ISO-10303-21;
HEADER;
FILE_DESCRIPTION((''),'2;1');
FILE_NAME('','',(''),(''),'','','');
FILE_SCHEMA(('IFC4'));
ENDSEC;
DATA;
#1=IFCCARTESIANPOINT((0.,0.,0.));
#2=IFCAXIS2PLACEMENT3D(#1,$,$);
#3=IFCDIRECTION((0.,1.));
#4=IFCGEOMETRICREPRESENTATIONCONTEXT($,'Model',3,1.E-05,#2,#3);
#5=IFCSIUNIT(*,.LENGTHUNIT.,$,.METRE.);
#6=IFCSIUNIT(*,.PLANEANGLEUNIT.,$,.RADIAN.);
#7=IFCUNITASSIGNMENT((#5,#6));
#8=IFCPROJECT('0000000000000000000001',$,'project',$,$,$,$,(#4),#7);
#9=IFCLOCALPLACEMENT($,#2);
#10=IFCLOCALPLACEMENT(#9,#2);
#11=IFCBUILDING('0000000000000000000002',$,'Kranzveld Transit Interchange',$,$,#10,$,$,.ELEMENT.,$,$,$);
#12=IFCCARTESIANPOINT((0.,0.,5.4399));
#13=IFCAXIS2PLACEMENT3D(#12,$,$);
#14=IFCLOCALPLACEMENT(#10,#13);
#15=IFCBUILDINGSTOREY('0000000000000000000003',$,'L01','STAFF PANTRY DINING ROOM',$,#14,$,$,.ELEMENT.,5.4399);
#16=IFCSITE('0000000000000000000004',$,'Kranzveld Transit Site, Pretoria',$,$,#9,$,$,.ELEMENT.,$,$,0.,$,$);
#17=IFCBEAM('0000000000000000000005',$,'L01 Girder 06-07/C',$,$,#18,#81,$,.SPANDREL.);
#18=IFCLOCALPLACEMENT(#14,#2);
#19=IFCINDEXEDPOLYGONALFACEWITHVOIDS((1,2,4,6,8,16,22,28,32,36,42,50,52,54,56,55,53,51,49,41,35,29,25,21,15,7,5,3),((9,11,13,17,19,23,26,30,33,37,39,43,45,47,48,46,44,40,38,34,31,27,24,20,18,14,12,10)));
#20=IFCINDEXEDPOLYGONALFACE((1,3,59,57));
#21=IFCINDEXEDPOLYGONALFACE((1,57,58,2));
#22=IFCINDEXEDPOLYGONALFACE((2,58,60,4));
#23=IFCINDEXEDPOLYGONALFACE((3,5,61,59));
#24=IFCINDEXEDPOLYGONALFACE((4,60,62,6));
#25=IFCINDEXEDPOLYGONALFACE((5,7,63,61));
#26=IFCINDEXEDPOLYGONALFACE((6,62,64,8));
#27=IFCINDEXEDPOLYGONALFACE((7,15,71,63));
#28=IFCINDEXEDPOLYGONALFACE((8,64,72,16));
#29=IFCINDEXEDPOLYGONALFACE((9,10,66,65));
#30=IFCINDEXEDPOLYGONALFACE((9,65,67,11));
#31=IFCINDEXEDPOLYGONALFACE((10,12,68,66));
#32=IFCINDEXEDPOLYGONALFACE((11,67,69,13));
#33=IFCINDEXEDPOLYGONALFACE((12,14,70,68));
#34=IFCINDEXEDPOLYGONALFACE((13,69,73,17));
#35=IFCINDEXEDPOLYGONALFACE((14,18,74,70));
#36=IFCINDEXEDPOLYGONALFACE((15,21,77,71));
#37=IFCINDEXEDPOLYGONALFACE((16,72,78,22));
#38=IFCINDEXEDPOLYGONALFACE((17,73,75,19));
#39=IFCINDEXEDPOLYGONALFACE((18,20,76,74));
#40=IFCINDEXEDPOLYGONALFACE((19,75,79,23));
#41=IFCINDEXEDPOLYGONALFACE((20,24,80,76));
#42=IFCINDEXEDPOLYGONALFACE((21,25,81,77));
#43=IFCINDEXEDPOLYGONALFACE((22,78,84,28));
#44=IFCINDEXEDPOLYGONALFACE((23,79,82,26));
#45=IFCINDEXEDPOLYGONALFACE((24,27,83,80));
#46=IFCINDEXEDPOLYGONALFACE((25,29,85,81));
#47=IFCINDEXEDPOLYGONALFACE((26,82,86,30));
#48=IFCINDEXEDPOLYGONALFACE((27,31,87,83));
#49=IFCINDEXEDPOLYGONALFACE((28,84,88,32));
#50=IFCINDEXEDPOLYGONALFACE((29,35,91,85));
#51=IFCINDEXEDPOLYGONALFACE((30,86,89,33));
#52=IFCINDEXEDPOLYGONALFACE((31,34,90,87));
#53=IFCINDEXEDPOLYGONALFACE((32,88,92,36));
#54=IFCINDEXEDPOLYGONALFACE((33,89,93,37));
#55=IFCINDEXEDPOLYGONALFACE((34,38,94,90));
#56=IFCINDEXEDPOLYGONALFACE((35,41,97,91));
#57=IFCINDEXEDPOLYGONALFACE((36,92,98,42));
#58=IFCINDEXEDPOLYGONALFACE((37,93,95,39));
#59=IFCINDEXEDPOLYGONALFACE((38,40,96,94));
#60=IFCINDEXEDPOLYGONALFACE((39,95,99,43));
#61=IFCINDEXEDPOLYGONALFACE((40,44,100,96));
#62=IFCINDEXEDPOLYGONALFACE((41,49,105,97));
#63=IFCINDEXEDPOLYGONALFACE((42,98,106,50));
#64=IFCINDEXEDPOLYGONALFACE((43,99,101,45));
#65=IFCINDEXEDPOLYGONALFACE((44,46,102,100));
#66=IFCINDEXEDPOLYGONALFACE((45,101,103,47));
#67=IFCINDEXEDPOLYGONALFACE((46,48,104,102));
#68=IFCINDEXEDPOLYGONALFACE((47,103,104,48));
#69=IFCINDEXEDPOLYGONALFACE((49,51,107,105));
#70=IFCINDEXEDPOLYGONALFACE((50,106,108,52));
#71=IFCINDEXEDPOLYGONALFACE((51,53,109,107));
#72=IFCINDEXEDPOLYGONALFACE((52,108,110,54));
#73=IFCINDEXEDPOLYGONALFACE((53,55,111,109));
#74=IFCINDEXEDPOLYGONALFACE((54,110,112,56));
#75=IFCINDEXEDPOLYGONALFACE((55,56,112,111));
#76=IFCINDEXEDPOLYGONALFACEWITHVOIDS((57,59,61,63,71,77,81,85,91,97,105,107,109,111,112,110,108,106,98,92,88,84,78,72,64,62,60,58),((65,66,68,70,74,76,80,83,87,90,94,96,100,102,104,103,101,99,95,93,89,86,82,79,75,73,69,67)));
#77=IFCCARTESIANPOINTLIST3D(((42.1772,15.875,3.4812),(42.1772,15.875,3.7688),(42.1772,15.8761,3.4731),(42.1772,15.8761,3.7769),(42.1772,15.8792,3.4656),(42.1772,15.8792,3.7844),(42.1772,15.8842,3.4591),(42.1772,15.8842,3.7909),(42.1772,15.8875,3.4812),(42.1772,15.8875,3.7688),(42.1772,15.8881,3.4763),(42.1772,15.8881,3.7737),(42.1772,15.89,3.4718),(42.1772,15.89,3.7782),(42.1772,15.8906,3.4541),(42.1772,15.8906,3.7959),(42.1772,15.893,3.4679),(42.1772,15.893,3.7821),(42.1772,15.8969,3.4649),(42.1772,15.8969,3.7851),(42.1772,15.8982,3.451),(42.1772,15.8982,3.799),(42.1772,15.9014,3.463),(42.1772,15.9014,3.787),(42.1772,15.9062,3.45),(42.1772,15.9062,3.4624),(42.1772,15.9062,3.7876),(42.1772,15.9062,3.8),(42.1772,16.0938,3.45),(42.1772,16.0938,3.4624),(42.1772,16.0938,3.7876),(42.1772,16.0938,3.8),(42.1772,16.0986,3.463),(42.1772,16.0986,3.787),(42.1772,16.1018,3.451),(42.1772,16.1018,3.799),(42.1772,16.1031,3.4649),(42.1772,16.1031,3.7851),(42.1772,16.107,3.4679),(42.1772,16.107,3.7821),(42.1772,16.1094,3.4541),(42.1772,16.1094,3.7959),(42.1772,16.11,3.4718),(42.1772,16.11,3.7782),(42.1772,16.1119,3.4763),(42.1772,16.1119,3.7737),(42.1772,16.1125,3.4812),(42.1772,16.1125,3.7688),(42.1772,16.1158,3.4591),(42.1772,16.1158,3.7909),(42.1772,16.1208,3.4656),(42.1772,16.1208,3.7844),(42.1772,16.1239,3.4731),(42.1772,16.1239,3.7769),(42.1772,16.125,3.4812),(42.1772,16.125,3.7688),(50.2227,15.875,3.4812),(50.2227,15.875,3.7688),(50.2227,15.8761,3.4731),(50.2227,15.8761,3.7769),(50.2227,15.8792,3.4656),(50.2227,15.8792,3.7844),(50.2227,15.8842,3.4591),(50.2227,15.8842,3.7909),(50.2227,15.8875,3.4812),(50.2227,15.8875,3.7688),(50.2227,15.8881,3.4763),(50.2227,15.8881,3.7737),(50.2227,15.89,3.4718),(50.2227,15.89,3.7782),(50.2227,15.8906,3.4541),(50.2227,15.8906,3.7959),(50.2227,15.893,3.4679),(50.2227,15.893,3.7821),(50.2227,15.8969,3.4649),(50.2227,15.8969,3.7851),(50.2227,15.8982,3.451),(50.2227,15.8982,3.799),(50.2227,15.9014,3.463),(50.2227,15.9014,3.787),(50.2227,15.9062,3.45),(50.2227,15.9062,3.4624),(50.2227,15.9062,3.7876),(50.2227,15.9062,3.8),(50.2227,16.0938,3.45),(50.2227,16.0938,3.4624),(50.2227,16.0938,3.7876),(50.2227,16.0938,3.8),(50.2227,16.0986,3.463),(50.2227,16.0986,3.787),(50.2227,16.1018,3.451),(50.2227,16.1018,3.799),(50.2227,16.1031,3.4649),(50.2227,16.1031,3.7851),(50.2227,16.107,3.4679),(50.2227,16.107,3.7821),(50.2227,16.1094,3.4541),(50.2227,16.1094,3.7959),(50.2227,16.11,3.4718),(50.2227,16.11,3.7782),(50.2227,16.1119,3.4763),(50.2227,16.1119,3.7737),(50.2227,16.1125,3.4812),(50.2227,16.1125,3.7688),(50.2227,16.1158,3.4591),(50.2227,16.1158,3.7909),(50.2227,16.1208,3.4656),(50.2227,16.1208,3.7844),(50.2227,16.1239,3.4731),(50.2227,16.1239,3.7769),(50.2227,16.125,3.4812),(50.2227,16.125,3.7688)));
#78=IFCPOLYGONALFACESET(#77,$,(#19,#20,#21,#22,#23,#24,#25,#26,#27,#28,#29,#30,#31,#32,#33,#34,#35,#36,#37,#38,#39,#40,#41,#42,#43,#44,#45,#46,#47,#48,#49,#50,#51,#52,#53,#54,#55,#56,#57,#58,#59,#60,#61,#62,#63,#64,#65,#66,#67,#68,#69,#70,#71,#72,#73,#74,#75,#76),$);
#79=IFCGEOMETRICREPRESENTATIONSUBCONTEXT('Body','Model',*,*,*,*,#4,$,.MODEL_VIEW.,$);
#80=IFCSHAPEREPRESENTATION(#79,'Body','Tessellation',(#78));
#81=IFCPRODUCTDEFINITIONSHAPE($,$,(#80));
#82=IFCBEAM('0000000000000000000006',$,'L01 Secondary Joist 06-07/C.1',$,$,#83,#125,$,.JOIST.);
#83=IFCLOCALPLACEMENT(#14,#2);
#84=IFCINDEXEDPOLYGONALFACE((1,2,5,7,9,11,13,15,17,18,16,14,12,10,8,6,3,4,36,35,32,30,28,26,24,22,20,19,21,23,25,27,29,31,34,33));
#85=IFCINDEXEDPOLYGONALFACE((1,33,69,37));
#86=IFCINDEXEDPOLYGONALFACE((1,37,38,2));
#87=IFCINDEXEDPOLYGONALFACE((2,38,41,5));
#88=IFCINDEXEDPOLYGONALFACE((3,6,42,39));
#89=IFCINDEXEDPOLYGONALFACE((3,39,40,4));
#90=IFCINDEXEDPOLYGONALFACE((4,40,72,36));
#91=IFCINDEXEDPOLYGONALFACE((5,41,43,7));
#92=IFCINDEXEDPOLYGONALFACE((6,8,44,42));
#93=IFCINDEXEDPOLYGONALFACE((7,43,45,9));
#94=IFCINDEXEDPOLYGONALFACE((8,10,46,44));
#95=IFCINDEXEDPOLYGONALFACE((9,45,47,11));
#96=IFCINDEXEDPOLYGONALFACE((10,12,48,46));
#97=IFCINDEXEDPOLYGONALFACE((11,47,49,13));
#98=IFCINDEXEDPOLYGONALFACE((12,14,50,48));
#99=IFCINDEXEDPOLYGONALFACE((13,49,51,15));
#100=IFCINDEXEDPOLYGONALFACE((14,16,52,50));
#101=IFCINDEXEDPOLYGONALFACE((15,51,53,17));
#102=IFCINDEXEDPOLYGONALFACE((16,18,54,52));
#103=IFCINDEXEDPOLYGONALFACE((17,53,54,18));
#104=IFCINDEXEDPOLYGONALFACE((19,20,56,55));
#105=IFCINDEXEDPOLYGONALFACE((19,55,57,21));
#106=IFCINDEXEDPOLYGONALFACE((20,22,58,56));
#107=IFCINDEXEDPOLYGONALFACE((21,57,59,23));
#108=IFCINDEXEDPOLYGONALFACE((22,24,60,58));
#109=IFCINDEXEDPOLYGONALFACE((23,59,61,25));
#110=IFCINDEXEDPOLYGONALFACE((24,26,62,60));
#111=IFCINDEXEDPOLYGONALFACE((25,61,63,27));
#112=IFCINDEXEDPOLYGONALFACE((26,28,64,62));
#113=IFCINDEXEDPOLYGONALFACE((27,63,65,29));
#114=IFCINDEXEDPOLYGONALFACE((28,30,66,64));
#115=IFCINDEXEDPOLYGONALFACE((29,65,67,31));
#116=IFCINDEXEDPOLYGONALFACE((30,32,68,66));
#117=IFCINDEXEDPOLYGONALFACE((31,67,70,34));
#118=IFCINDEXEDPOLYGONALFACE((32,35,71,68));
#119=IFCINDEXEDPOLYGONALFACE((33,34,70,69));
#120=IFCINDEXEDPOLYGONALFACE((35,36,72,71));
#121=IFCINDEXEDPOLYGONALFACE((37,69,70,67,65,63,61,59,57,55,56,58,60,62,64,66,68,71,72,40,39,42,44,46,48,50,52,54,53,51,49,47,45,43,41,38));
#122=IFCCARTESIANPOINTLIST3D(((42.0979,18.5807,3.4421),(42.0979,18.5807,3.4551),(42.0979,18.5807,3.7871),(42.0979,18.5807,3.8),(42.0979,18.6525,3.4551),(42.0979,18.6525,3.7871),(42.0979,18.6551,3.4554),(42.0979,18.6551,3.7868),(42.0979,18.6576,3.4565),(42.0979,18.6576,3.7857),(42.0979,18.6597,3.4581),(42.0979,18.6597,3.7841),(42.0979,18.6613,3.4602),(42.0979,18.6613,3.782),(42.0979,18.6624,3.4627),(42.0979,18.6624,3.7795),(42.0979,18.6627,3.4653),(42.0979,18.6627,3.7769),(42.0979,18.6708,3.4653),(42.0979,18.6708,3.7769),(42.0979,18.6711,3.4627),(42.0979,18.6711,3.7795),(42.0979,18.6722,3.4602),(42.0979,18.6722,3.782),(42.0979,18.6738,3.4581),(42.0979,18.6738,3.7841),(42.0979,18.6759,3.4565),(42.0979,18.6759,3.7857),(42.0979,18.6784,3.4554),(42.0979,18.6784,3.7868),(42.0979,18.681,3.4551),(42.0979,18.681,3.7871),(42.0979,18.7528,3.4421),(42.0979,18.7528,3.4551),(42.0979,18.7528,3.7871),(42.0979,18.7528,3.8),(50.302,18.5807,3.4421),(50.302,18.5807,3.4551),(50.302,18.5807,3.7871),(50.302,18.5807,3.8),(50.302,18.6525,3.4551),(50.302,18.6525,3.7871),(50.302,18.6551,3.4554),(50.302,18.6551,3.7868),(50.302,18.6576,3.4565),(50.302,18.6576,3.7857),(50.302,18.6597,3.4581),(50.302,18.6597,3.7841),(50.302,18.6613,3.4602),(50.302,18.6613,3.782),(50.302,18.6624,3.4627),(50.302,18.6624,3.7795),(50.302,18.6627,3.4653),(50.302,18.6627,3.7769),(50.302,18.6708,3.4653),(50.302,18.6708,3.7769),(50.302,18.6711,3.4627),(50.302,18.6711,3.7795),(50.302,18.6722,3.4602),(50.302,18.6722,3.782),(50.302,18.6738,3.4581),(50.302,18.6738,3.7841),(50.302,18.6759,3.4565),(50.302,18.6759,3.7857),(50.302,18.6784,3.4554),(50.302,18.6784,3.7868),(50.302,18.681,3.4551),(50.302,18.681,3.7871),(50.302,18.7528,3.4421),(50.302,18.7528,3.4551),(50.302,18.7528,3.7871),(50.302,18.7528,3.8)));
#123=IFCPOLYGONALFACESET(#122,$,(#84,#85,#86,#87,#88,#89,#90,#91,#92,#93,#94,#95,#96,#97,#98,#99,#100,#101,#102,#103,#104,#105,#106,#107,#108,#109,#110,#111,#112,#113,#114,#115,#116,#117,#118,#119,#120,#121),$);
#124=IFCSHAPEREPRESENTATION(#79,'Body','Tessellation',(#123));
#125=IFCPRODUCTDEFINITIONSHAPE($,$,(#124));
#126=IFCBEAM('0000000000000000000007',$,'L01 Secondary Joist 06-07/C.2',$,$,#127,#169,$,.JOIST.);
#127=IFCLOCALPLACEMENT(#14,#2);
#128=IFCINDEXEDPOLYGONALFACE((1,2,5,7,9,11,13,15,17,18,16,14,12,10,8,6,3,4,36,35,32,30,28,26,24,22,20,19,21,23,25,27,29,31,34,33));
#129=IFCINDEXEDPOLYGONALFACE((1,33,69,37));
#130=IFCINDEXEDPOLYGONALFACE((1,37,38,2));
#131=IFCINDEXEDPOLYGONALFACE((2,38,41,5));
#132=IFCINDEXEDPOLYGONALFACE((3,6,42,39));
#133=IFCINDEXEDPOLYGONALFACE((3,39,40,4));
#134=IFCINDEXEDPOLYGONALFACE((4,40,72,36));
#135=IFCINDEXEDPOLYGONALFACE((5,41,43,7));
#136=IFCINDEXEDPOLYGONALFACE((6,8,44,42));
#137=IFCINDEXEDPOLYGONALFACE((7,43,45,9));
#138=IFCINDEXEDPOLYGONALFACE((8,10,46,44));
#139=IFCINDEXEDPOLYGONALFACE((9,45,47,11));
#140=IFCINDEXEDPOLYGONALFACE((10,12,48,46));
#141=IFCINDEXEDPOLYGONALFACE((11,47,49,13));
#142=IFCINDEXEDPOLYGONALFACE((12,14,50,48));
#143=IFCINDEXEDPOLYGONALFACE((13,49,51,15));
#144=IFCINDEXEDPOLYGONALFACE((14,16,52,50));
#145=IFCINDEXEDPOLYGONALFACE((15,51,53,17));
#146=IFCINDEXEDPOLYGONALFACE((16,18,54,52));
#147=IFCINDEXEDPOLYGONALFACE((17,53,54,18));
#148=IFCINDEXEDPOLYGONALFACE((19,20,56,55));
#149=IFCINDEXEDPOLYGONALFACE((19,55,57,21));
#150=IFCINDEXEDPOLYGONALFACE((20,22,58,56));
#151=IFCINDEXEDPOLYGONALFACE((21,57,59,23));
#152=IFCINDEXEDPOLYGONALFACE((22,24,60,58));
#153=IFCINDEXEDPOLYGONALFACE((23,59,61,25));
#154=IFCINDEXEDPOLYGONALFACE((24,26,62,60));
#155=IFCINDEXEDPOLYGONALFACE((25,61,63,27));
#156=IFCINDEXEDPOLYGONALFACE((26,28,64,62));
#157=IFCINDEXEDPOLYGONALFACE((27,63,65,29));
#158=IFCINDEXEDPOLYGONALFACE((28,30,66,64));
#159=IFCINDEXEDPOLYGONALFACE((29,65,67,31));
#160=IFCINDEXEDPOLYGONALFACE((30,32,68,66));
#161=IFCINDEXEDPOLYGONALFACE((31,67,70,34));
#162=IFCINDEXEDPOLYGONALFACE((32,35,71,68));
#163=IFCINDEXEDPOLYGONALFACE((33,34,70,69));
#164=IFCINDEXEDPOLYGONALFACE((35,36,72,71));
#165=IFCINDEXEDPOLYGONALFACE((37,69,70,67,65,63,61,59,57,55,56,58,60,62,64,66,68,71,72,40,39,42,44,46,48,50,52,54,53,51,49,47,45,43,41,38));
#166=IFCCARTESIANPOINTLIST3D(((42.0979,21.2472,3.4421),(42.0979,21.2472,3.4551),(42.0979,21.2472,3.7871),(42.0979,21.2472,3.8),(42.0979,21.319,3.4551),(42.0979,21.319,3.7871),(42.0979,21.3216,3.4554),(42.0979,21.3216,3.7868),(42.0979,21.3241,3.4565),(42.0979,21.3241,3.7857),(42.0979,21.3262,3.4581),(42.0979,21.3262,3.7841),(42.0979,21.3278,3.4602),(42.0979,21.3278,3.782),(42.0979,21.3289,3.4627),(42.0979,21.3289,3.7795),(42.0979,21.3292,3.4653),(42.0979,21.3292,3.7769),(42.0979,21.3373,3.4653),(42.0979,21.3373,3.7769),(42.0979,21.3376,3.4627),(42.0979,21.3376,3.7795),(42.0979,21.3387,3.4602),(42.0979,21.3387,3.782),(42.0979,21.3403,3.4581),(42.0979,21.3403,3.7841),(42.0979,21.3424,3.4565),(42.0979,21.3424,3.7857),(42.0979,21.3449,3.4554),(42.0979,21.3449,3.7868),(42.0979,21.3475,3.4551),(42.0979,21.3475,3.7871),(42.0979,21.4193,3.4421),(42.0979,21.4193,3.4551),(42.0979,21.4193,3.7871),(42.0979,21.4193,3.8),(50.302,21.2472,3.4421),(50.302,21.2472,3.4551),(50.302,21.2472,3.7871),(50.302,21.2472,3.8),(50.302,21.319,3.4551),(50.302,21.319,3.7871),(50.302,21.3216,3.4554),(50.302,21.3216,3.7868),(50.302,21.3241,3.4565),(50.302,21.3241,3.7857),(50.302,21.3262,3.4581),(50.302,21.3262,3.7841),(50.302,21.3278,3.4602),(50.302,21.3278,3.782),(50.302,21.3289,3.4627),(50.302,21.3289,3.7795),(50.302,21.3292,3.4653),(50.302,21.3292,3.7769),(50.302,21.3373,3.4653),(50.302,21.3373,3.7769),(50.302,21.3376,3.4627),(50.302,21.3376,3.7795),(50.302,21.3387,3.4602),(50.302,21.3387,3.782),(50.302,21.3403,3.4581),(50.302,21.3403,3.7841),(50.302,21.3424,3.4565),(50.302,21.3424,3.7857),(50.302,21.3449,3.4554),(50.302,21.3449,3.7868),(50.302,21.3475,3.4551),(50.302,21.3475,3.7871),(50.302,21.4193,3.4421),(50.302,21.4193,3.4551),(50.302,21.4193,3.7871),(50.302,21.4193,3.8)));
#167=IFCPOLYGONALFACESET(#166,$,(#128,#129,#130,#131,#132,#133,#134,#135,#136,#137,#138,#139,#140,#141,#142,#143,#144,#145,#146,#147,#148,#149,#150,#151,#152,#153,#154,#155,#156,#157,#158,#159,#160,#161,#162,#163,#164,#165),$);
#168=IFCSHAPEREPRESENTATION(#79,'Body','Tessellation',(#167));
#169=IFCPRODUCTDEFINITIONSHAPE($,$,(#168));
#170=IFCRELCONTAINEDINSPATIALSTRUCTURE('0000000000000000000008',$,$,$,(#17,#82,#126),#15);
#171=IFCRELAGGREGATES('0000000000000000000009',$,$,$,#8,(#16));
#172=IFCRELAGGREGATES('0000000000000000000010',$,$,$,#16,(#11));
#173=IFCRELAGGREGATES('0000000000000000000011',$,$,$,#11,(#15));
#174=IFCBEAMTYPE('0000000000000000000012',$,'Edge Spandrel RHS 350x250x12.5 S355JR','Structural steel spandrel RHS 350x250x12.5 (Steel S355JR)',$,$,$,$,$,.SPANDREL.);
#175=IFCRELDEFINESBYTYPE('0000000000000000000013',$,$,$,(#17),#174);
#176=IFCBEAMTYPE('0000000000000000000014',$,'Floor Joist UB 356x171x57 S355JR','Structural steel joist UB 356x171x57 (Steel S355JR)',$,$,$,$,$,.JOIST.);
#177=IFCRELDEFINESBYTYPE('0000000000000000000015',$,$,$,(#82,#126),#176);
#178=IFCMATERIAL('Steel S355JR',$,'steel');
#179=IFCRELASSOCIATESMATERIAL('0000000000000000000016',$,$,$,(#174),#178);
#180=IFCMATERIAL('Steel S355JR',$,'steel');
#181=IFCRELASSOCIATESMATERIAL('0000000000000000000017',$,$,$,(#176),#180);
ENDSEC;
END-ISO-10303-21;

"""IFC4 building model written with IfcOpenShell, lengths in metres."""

from ifc_helpers import new_model, si_unit, direction, frame, origin, origin_2d, place, context, subcontext, project, spatial, hollow_rectangle, i_section, extrude, material, material_profile, profile_set, type_object, element, save


model = new_model("IFC4")

# Units and contexts
model_context = context("Model", 3, precision=1e-05, world=origin(), true_north=direction((0.0, 1.0)))
body_context = subcontext(model_context, "Body", "Model", "MODEL_VIEW")
ifc_project = project(units=[si_unit("LENGTHUNIT", "METRE"), si_unit("PLANEANGLEUNIT", "RADIAN")], contexts=[model_context])

# Site, building, storey
site_placement = place(None, origin())
site = spatial("IfcSite", under=ifc_project, at=site_placement, Name="Kranzveld Transit Site, Pretoria", CompositionType="ELEMENT", RefElevation=0.0)
building_placement = place(site_placement, origin())
building = spatial("IfcBuilding", under=site, at=building_placement, Name="Kranzveld Transit Interchange", CompositionType="ELEMENT")
storey_placement = place(building_placement, frame((0.0, 0.0, 5.4399)))
storey = spatial("IfcBuildingStorey", under=building, at=storey_placement, Name="L01", Description="STAFF PANTRY DINING ROOM", CompositionType="ELEMENT", Elevation=5.4399)

# Beams
ifc_material_1 = material(Name="Steel S355JR", Category="steel")
ifc_material_profile_1 = material_profile(ifc_material_1, hollow_rectangle(XDim=0.25, YDim=0.3501, WallThickness=0.0125, InnerFilletRadius=0.0188, OuterFilletRadius=0.0312, at=origin_2d()), Name="RHS 350x250x12.5")
ifc_profile_set_1 = profile_set([ifc_material_profile_1], Name="Steel S355JR")
beam_type_1 = type_object("IfcBeamType", Name="Edge Spandrel RHS 350x250x12.5 S355JR", Description="Structural steel spandrel RHS 350x250x12.5 (Steel S355JR)", PredefinedType="SPANDREL", material=ifc_profile_set_1)
beam_1_placement = place(storey_placement, frame((42.1772, 16.0, 3.625), z_axis=(1.0, 0.0, 0.0), x_axis=(0.0, 1.0, 0.0)))
element("IfcBeam", 1, at=beam_1_placement, inside=storey, type_object=beam_type_1, Name="L01 Girder 06-07/C", PredefinedType="SPANDREL", context=body_context, shape_type="SweptSolid", body=[
    extrude(hollow_rectangle(XDim=0.25, YDim=0.3501, WallThickness=0.0125, InnerFilletRadius=0.0188, OuterFilletRadius=0.0312, at=origin_2d()), origin(), (0.0, 0.0, 1.0), 8.0454),
])
ifc_material_2 = material(Name="Steel S355JR", Category="steel")
ifc_material_profile_2 = material_profile(ifc_material_2, i_section(OverallWidth=0.1721, OverallDepth=0.3579, WebThickness=0.0081, FlangeThickness=0.0129, FilletRadius=0.0103, at=origin_2d()), Name="UB 356x171x57")
ifc_profile_set_2 = profile_set([ifc_material_profile_2], Name="Steel S355JR")
beam_type_2 = type_object("IfcBeamType", Name="Floor Joist UB 356x171x57 S355JR", Description="Structural steel joist UB 356x171x57 (Steel S355JR)", PredefinedType="JOIST", material=ifc_profile_set_2)
for number, where, z_axis, x_axis, name in (
    (2, (42.0979, 18.6667, 3.6211), (1.0, 0.0, 0.0), (0.0, 1.0, 0.0), "L01 Secondary Joist 06-07/C.1"),
    (3, (42.0979, 21.3333, 3.6211), (1.0, 0.0, 0.0), (0.0, 1.0, 0.0), "L01 Secondary Joist 06-07/C.2"),
):
    element("IfcBeam", number, at=place(storey_placement, frame(where, z_axis=z_axis, x_axis=x_axis)), inside=storey, type_object=beam_type_2, Name=name, PredefinedType="JOIST", context=body_context, shape_type="SweptSolid", body=[
        extrude(i_section(OverallWidth=0.1721, OverallDepth=0.3579, WebThickness=0.0081, FlangeThickness=0.0129, FilletRadius=0.0103, at=origin_2d()), origin(), (0.0, 0.0, 1.0), 8.2041),
    ])

save(model, "model.ifc")
